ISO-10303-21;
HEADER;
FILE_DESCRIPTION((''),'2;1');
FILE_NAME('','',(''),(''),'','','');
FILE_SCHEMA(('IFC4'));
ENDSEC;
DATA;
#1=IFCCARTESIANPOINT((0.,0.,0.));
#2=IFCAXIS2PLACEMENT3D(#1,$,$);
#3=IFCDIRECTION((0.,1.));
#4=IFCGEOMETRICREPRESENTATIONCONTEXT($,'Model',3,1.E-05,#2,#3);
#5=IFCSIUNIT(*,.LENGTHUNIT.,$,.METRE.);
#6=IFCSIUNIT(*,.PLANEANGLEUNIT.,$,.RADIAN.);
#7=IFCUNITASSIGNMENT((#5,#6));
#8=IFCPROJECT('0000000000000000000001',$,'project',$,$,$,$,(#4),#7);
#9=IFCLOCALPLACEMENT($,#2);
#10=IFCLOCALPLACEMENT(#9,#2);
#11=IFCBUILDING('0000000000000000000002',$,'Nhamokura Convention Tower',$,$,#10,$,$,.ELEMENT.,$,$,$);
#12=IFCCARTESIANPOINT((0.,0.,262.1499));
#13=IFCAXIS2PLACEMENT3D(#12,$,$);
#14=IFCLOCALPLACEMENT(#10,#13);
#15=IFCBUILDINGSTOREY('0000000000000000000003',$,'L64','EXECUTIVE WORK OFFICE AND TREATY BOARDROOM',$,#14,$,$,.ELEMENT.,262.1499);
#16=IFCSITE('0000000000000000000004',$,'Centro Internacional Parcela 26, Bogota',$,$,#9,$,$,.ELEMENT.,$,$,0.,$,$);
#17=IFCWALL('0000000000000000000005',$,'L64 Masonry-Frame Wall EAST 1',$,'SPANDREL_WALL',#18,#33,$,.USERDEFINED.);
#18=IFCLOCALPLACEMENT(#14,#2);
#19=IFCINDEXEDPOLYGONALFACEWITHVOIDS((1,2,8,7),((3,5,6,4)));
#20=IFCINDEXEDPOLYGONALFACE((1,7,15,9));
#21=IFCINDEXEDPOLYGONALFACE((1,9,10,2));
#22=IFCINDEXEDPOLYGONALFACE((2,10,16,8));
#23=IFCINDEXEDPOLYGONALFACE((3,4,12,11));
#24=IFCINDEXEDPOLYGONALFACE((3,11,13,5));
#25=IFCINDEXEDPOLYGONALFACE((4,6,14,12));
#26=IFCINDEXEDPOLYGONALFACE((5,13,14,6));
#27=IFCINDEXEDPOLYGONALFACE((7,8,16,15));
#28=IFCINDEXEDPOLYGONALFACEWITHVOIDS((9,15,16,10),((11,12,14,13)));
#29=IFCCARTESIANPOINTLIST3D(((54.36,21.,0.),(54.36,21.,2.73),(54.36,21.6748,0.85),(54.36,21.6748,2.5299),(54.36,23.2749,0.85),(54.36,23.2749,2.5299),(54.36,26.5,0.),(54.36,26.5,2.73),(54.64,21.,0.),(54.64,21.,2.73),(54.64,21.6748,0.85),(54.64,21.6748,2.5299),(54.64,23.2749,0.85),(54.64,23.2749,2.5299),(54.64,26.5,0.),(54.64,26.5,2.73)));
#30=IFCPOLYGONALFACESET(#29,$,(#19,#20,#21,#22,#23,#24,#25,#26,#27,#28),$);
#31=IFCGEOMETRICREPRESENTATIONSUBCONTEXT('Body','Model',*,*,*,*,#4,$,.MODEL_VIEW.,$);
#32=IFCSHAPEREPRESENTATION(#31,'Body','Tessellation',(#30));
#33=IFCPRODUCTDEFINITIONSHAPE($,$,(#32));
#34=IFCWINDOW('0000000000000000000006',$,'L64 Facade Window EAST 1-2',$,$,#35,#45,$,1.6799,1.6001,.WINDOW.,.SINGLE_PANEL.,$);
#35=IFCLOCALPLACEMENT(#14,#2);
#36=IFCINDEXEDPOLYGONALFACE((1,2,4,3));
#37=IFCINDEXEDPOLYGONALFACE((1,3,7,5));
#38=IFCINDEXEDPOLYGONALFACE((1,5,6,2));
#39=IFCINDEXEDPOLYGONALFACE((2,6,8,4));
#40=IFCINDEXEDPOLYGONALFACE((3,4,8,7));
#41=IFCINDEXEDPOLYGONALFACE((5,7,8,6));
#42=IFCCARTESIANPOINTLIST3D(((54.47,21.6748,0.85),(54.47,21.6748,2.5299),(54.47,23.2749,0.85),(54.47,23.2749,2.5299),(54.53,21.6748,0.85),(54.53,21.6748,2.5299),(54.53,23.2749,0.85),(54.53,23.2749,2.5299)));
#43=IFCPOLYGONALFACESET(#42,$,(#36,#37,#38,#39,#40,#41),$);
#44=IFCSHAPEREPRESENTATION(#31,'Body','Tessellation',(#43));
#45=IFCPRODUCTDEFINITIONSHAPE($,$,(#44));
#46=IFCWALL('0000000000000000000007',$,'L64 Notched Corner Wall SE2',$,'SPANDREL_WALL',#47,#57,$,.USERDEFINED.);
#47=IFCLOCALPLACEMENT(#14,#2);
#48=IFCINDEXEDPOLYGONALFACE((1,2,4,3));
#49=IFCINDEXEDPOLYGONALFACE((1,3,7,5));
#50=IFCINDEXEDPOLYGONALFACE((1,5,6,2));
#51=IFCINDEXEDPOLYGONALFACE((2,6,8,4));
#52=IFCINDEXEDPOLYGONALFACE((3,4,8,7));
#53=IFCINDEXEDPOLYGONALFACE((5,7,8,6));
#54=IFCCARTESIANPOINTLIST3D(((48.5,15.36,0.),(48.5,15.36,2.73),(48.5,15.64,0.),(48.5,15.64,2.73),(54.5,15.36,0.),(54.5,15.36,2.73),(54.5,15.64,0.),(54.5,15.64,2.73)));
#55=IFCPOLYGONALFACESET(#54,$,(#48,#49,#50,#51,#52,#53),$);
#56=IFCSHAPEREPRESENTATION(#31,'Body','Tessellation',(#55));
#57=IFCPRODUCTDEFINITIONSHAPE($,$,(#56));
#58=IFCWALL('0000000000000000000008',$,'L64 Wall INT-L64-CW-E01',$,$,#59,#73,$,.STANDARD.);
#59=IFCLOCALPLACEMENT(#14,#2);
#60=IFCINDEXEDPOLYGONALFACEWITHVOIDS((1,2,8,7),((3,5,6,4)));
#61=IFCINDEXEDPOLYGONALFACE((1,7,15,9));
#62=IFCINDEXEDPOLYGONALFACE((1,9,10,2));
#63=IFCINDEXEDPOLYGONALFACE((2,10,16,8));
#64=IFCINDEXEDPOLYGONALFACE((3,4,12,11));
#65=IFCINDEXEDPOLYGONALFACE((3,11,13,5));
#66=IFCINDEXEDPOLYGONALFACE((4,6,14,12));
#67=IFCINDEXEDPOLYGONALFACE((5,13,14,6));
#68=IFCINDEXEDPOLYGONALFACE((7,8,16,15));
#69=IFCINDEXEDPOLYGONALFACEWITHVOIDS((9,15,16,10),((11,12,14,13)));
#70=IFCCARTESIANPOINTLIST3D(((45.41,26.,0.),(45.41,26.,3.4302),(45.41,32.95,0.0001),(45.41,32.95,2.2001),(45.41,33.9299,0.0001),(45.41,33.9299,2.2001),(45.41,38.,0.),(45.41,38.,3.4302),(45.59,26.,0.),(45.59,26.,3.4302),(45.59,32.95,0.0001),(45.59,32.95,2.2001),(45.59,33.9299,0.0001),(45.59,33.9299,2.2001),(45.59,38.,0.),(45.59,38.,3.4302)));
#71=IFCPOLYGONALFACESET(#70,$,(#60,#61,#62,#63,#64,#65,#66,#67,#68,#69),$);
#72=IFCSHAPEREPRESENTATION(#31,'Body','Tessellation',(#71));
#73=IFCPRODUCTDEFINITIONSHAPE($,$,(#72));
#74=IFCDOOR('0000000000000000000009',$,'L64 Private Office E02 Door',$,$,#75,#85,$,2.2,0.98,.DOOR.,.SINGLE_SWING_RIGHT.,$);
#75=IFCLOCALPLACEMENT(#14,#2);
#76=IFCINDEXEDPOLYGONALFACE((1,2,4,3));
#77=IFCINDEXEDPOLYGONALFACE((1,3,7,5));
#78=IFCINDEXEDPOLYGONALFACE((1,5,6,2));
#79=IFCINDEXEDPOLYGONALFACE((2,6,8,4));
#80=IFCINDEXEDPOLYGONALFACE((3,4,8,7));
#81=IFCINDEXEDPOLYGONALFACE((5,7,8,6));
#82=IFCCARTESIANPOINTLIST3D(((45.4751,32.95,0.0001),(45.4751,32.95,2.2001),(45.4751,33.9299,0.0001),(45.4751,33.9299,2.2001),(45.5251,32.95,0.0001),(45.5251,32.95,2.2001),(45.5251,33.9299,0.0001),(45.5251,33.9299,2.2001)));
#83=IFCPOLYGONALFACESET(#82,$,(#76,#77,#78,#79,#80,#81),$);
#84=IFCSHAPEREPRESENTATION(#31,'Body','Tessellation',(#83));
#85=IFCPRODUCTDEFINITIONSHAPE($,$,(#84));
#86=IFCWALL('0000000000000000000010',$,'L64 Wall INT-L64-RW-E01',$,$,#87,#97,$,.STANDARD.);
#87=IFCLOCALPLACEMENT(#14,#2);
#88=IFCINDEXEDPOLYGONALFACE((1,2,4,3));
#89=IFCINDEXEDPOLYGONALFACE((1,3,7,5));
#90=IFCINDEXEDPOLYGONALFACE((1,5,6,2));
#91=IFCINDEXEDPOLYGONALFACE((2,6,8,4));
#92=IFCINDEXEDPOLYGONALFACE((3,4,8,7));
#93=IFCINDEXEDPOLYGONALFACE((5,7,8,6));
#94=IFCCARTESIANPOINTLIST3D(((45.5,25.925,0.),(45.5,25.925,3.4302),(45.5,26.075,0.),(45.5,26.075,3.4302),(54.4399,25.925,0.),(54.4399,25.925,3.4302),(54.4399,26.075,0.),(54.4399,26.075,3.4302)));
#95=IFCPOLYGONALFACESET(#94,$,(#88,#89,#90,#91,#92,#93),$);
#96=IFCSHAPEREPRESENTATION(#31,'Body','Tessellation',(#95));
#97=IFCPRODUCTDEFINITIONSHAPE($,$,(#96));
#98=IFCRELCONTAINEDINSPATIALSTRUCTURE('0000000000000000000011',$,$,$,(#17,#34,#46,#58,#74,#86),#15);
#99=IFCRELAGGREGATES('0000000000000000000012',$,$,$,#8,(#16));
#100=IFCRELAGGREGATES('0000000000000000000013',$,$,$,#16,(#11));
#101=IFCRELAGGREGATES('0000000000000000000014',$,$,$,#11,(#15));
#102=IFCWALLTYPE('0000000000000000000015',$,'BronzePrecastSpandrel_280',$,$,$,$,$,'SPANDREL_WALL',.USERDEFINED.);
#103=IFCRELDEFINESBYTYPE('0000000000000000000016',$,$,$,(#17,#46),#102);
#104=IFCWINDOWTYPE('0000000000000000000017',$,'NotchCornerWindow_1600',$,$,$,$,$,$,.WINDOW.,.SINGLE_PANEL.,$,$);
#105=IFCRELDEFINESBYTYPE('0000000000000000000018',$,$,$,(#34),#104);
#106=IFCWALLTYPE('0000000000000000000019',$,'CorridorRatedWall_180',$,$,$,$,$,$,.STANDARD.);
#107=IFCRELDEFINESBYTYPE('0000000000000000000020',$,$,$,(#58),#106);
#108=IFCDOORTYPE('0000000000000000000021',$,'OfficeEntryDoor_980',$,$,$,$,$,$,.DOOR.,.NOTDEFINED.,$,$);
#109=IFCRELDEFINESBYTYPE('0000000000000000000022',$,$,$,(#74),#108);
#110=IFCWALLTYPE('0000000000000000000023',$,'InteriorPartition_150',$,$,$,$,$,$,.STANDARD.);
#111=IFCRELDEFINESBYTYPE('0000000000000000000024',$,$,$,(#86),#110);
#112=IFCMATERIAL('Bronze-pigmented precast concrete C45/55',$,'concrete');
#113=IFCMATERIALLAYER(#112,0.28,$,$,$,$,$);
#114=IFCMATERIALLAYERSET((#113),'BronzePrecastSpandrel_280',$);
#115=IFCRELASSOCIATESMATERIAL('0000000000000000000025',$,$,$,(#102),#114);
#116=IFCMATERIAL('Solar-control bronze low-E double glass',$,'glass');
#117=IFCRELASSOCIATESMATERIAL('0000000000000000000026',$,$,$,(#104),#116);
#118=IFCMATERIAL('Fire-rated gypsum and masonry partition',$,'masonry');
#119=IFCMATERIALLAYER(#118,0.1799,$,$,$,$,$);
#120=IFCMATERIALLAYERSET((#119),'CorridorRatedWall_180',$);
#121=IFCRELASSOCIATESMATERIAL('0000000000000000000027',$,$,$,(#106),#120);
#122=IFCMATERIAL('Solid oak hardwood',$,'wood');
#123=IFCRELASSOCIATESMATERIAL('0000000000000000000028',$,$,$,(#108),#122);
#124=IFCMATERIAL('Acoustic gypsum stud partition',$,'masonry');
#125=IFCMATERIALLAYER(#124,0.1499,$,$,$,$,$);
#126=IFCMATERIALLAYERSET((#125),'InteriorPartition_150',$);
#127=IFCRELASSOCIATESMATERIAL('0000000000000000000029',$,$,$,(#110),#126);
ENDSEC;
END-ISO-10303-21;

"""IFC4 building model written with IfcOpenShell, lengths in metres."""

from ifc_helpers import new_model, si_unit, direction, frame, frame_2d, origin, place, context, subcontext, project, spatial, rectangle, extrude, material, layer, layer_set, type_object, element, fill, save


model = new_model("IFC4")

# Units and contexts
model_context = context("Model", 3, precision=1e-05, world=origin(), true_north=direction((0.0, 1.0)))
body_context = subcontext(model_context, "Body", "Model", "MODEL_VIEW")
ifc_project = project(units=[si_unit("LENGTHUNIT", "METRE"), si_unit("PLANEANGLEUNIT", "RADIAN")], contexts=[model_context])

# Site, building, storey
site_placement = place(None, origin())
site = spatial("IfcSite", under=ifc_project, at=site_placement, Name="Centro Internacional Parcela 26, Bogota", CompositionType="ELEMENT", RefElevation=0.0)
building_placement = place(site_placement, origin())
building = spatial("IfcBuilding", under=site, at=building_placement, Name="Nhamokura Convention Tower", CompositionType="ELEMENT")
storey_placement = place(building_placement, frame((0.0, 0.0, 262.1499)))
storey = spatial("IfcBuildingStorey", under=building, at=storey_placement, Name="L64", Description="EXECUTIVE WORK OFFICE AND TREATY BOARDROOM", CompositionType="ELEMENT", Elevation=262.1499)

# Shared definitions
ifc_material_1 = material(Name="Bronze-pigmented precast concrete C45/55", Category="concrete")
ifc_layer_1 = layer(ifc_material_1, 0.28)
ifc_layer_set_1 = layer_set([ifc_layer_1], Name="BronzePrecastSpandrel_280")
wall_type_1 = type_object("IfcWallType", Name="BronzePrecastSpandrel_280", ElementType="SPANDREL_WALL", PredefinedType="USERDEFINED", material=ifc_layer_set_1)

# Wall, opening, window
wall_1_placement = place(storey_placement, frame((54.5, 26.5, 0.0), z_axis=(0.0, 0.0, 1.0), x_axis=(0.0, -1.0, 0.0)))
wall_1 = element("IfcWall", 1, at=wall_1_placement, inside=storey, type_object=wall_type_1, Name="L64 Masonry-Frame Wall EAST 1", ObjectType="SPANDREL_WALL", PredefinedType="USERDEFINED", context=body_context, shape_type="SweptSolid", body=[
    extrude(rectangle(XDim=5.5, YDim=0.28, at=frame_2d((2.75, 0.0))), origin(), (0.0, 0.0, 1.0), 2.73),
])
opening_1_placement = place(wall_1_placement, frame((3.2251, 0.0, 0.8501)))
opening_1 = element("IfcOpeningElement", 2, at=opening_1_placement, cuts=wall_1, PredefinedType="OPENING", context=body_context, shape_type="SweptSolid", body=[
    extrude(rectangle(XDim=1.6001, YDim=1.6799, at=frame_2d((0.8, 0.8398))), frame((0.0, 0.1499, 0.0), z_axis=(0.0, -1.0, 0.0), x_axis=(1.0, 0.0, 0.0)), (0.0, 0.0, 1.0), 0.3),
])
ifc_material_2 = material(Name="Solar-control bronze low-E double glass", Category="glass")
window_type = type_object("IfcWindowType", Name="NotchCornerWindow_1600", PartitioningType="SINGLE_PANEL", PredefinedType="WINDOW", material=ifc_material_2)
window_placement = place(opening_1_placement, origin())
window = element("IfcWindow", 3, at=window_placement, inside=storey, type_object=window_type, Name="L64 Facade Window EAST 1-2", OverallHeight=1.6799, OverallWidth=1.6001, PartitioningType="SINGLE_PANEL", PredefinedType="WINDOW", context=body_context, shape_type="SweptSolid", body=[
    extrude(rectangle(XDim=1.6001, YDim=1.6799, at=frame_2d((0.8, 0.8398))), frame((0.0, 0.03, 0.0), z_axis=(0.0, -1.0, 0.0), x_axis=(1.0, 0.0, 0.0)), (0.0, 0.0, 1.0), 0.0601),
])
fill(opening_1, window)

# Wall
wall_2_placement = place(storey_placement, frame((54.5, 15.5, 0.0), z_axis=(0.0, 0.0, 1.0), x_axis=(-1.0, 0.0, 0.0)))
element("IfcWall", 4, at=wall_2_placement, inside=storey, type_object=wall_type_1, Name="L64 Notched Corner Wall SE2", ObjectType="SPANDREL_WALL", PredefinedType="USERDEFINED", context=body_context, shape_type="SweptSolid", body=[
    extrude(rectangle(XDim=6.0, YDim=0.28, at=frame_2d((3.0, 0.0))), origin(), (0.0, 0.0, 1.0), 2.73),
])

# Wall, opening, door
ifc_material_3 = material(Name="Fire-rated gypsum and masonry partition", Category="masonry")
ifc_layer_2 = layer(ifc_material_3, 0.1799)
ifc_layer_set_2 = layer_set([ifc_layer_2], Name="CorridorRatedWall_180")
wall_type_2 = type_object("IfcWallType", Name="CorridorRatedWall_180", PredefinedType="STANDARD", material=ifc_layer_set_2)
wall_3_placement = place(storey_placement, frame((45.5, 26.0, 0.0), z_axis=(0.0, 0.0, 1.0), x_axis=(0.0, 1.0, 0.0)))
wall_3 = element("IfcWall", 5, at=wall_3_placement, inside=storey, type_object=wall_type_2, Name="L64 Wall INT-L64-CW-E01", PredefinedType="STANDARD", context=body_context, shape_type="SweptSolid", body=[
    extrude(rectangle(XDim=12.0, YDim=0.1799, at=frame_2d((6.0, 0.0))), origin(), (0.0, 0.0, 1.0), 3.4302),
])
opening_2_placement = place(wall_3_placement, frame((6.95, 0.0, 0.0)))
opening_2 = element("IfcOpeningElement", 6, at=opening_2_placement, cuts=wall_3, PredefinedType="OPENING", context=body_context, shape_type="SweptSolid", body=[
    extrude(rectangle(XDim=0.98, YDim=2.2, at=frame_2d((0.49, 1.1001))), frame((0.0, 0.0999, 0.0), z_axis=(0.0, -1.0, 0.0), x_axis=(1.0, 0.0, 0.0)), (0.0, 0.0, 1.0), 0.2),
])
ifc_material_4 = material(Name="Solid oak hardwood", Category="wood")
door_type_1 = type_object("IfcDoorType", Name="OfficeEntryDoor_980", OperationType="NOTDEFINED", PredefinedType="DOOR", material=ifc_material_4)
door_1_placement = place(opening_2_placement, origin())
door_1 = element("IfcDoor", 7, at=door_1_placement, inside=storey, type_object=door_type_1, Name="L64 Private Office E02 Door", OperationType="SINGLE_SWING_RIGHT", OverallHeight=2.2, OverallWidth=0.98, PredefinedType="DOOR", context=body_context, shape_type="SweptSolid", body=[
    extrude(rectangle(XDim=0.98, YDim=2.2, at=frame_2d((0.49, 1.1001))), frame((0.0, 0.0249, 0.0), z_axis=(0.0, -1.0, 0.0), x_axis=(1.0, 0.0, 0.0)), (0.0, 0.0, 1.0), 0.05),
])
fill(opening_2, door_1)

# Wall
ifc_material_5 = material(Name="Acoustic gypsum stud partition", Category="masonry")
ifc_layer_3 = layer(ifc_material_5, 0.1499)
ifc_layer_set_3 = layer_set([ifc_layer_3], Name="InteriorPartition_150")
wall_type_3 = type_object("IfcWallType", Name="InteriorPartition_150", PredefinedType="STANDARD", material=ifc_layer_set_3)
wall_4_placement = place(storey_placement, frame((45.5, 26.0, 0.0), z_axis=(0.0, 0.0, 1.0), x_axis=(1.0, 0.0, 0.0)))
element("IfcWall", 8, at=wall_4_placement, inside=storey, type_object=wall_type_3, Name="L64 Wall INT-L64-RW-E01", PredefinedType="STANDARD", context=body_context, shape_type="SweptSolid", body=[
    extrude(rectangle(XDim=8.9399, YDim=0.1499, at=frame_2d((4.47, 0.0))), origin(), (0.0, 0.0, 1.0), 3.4302),
])

save(model, "model.ifc")
